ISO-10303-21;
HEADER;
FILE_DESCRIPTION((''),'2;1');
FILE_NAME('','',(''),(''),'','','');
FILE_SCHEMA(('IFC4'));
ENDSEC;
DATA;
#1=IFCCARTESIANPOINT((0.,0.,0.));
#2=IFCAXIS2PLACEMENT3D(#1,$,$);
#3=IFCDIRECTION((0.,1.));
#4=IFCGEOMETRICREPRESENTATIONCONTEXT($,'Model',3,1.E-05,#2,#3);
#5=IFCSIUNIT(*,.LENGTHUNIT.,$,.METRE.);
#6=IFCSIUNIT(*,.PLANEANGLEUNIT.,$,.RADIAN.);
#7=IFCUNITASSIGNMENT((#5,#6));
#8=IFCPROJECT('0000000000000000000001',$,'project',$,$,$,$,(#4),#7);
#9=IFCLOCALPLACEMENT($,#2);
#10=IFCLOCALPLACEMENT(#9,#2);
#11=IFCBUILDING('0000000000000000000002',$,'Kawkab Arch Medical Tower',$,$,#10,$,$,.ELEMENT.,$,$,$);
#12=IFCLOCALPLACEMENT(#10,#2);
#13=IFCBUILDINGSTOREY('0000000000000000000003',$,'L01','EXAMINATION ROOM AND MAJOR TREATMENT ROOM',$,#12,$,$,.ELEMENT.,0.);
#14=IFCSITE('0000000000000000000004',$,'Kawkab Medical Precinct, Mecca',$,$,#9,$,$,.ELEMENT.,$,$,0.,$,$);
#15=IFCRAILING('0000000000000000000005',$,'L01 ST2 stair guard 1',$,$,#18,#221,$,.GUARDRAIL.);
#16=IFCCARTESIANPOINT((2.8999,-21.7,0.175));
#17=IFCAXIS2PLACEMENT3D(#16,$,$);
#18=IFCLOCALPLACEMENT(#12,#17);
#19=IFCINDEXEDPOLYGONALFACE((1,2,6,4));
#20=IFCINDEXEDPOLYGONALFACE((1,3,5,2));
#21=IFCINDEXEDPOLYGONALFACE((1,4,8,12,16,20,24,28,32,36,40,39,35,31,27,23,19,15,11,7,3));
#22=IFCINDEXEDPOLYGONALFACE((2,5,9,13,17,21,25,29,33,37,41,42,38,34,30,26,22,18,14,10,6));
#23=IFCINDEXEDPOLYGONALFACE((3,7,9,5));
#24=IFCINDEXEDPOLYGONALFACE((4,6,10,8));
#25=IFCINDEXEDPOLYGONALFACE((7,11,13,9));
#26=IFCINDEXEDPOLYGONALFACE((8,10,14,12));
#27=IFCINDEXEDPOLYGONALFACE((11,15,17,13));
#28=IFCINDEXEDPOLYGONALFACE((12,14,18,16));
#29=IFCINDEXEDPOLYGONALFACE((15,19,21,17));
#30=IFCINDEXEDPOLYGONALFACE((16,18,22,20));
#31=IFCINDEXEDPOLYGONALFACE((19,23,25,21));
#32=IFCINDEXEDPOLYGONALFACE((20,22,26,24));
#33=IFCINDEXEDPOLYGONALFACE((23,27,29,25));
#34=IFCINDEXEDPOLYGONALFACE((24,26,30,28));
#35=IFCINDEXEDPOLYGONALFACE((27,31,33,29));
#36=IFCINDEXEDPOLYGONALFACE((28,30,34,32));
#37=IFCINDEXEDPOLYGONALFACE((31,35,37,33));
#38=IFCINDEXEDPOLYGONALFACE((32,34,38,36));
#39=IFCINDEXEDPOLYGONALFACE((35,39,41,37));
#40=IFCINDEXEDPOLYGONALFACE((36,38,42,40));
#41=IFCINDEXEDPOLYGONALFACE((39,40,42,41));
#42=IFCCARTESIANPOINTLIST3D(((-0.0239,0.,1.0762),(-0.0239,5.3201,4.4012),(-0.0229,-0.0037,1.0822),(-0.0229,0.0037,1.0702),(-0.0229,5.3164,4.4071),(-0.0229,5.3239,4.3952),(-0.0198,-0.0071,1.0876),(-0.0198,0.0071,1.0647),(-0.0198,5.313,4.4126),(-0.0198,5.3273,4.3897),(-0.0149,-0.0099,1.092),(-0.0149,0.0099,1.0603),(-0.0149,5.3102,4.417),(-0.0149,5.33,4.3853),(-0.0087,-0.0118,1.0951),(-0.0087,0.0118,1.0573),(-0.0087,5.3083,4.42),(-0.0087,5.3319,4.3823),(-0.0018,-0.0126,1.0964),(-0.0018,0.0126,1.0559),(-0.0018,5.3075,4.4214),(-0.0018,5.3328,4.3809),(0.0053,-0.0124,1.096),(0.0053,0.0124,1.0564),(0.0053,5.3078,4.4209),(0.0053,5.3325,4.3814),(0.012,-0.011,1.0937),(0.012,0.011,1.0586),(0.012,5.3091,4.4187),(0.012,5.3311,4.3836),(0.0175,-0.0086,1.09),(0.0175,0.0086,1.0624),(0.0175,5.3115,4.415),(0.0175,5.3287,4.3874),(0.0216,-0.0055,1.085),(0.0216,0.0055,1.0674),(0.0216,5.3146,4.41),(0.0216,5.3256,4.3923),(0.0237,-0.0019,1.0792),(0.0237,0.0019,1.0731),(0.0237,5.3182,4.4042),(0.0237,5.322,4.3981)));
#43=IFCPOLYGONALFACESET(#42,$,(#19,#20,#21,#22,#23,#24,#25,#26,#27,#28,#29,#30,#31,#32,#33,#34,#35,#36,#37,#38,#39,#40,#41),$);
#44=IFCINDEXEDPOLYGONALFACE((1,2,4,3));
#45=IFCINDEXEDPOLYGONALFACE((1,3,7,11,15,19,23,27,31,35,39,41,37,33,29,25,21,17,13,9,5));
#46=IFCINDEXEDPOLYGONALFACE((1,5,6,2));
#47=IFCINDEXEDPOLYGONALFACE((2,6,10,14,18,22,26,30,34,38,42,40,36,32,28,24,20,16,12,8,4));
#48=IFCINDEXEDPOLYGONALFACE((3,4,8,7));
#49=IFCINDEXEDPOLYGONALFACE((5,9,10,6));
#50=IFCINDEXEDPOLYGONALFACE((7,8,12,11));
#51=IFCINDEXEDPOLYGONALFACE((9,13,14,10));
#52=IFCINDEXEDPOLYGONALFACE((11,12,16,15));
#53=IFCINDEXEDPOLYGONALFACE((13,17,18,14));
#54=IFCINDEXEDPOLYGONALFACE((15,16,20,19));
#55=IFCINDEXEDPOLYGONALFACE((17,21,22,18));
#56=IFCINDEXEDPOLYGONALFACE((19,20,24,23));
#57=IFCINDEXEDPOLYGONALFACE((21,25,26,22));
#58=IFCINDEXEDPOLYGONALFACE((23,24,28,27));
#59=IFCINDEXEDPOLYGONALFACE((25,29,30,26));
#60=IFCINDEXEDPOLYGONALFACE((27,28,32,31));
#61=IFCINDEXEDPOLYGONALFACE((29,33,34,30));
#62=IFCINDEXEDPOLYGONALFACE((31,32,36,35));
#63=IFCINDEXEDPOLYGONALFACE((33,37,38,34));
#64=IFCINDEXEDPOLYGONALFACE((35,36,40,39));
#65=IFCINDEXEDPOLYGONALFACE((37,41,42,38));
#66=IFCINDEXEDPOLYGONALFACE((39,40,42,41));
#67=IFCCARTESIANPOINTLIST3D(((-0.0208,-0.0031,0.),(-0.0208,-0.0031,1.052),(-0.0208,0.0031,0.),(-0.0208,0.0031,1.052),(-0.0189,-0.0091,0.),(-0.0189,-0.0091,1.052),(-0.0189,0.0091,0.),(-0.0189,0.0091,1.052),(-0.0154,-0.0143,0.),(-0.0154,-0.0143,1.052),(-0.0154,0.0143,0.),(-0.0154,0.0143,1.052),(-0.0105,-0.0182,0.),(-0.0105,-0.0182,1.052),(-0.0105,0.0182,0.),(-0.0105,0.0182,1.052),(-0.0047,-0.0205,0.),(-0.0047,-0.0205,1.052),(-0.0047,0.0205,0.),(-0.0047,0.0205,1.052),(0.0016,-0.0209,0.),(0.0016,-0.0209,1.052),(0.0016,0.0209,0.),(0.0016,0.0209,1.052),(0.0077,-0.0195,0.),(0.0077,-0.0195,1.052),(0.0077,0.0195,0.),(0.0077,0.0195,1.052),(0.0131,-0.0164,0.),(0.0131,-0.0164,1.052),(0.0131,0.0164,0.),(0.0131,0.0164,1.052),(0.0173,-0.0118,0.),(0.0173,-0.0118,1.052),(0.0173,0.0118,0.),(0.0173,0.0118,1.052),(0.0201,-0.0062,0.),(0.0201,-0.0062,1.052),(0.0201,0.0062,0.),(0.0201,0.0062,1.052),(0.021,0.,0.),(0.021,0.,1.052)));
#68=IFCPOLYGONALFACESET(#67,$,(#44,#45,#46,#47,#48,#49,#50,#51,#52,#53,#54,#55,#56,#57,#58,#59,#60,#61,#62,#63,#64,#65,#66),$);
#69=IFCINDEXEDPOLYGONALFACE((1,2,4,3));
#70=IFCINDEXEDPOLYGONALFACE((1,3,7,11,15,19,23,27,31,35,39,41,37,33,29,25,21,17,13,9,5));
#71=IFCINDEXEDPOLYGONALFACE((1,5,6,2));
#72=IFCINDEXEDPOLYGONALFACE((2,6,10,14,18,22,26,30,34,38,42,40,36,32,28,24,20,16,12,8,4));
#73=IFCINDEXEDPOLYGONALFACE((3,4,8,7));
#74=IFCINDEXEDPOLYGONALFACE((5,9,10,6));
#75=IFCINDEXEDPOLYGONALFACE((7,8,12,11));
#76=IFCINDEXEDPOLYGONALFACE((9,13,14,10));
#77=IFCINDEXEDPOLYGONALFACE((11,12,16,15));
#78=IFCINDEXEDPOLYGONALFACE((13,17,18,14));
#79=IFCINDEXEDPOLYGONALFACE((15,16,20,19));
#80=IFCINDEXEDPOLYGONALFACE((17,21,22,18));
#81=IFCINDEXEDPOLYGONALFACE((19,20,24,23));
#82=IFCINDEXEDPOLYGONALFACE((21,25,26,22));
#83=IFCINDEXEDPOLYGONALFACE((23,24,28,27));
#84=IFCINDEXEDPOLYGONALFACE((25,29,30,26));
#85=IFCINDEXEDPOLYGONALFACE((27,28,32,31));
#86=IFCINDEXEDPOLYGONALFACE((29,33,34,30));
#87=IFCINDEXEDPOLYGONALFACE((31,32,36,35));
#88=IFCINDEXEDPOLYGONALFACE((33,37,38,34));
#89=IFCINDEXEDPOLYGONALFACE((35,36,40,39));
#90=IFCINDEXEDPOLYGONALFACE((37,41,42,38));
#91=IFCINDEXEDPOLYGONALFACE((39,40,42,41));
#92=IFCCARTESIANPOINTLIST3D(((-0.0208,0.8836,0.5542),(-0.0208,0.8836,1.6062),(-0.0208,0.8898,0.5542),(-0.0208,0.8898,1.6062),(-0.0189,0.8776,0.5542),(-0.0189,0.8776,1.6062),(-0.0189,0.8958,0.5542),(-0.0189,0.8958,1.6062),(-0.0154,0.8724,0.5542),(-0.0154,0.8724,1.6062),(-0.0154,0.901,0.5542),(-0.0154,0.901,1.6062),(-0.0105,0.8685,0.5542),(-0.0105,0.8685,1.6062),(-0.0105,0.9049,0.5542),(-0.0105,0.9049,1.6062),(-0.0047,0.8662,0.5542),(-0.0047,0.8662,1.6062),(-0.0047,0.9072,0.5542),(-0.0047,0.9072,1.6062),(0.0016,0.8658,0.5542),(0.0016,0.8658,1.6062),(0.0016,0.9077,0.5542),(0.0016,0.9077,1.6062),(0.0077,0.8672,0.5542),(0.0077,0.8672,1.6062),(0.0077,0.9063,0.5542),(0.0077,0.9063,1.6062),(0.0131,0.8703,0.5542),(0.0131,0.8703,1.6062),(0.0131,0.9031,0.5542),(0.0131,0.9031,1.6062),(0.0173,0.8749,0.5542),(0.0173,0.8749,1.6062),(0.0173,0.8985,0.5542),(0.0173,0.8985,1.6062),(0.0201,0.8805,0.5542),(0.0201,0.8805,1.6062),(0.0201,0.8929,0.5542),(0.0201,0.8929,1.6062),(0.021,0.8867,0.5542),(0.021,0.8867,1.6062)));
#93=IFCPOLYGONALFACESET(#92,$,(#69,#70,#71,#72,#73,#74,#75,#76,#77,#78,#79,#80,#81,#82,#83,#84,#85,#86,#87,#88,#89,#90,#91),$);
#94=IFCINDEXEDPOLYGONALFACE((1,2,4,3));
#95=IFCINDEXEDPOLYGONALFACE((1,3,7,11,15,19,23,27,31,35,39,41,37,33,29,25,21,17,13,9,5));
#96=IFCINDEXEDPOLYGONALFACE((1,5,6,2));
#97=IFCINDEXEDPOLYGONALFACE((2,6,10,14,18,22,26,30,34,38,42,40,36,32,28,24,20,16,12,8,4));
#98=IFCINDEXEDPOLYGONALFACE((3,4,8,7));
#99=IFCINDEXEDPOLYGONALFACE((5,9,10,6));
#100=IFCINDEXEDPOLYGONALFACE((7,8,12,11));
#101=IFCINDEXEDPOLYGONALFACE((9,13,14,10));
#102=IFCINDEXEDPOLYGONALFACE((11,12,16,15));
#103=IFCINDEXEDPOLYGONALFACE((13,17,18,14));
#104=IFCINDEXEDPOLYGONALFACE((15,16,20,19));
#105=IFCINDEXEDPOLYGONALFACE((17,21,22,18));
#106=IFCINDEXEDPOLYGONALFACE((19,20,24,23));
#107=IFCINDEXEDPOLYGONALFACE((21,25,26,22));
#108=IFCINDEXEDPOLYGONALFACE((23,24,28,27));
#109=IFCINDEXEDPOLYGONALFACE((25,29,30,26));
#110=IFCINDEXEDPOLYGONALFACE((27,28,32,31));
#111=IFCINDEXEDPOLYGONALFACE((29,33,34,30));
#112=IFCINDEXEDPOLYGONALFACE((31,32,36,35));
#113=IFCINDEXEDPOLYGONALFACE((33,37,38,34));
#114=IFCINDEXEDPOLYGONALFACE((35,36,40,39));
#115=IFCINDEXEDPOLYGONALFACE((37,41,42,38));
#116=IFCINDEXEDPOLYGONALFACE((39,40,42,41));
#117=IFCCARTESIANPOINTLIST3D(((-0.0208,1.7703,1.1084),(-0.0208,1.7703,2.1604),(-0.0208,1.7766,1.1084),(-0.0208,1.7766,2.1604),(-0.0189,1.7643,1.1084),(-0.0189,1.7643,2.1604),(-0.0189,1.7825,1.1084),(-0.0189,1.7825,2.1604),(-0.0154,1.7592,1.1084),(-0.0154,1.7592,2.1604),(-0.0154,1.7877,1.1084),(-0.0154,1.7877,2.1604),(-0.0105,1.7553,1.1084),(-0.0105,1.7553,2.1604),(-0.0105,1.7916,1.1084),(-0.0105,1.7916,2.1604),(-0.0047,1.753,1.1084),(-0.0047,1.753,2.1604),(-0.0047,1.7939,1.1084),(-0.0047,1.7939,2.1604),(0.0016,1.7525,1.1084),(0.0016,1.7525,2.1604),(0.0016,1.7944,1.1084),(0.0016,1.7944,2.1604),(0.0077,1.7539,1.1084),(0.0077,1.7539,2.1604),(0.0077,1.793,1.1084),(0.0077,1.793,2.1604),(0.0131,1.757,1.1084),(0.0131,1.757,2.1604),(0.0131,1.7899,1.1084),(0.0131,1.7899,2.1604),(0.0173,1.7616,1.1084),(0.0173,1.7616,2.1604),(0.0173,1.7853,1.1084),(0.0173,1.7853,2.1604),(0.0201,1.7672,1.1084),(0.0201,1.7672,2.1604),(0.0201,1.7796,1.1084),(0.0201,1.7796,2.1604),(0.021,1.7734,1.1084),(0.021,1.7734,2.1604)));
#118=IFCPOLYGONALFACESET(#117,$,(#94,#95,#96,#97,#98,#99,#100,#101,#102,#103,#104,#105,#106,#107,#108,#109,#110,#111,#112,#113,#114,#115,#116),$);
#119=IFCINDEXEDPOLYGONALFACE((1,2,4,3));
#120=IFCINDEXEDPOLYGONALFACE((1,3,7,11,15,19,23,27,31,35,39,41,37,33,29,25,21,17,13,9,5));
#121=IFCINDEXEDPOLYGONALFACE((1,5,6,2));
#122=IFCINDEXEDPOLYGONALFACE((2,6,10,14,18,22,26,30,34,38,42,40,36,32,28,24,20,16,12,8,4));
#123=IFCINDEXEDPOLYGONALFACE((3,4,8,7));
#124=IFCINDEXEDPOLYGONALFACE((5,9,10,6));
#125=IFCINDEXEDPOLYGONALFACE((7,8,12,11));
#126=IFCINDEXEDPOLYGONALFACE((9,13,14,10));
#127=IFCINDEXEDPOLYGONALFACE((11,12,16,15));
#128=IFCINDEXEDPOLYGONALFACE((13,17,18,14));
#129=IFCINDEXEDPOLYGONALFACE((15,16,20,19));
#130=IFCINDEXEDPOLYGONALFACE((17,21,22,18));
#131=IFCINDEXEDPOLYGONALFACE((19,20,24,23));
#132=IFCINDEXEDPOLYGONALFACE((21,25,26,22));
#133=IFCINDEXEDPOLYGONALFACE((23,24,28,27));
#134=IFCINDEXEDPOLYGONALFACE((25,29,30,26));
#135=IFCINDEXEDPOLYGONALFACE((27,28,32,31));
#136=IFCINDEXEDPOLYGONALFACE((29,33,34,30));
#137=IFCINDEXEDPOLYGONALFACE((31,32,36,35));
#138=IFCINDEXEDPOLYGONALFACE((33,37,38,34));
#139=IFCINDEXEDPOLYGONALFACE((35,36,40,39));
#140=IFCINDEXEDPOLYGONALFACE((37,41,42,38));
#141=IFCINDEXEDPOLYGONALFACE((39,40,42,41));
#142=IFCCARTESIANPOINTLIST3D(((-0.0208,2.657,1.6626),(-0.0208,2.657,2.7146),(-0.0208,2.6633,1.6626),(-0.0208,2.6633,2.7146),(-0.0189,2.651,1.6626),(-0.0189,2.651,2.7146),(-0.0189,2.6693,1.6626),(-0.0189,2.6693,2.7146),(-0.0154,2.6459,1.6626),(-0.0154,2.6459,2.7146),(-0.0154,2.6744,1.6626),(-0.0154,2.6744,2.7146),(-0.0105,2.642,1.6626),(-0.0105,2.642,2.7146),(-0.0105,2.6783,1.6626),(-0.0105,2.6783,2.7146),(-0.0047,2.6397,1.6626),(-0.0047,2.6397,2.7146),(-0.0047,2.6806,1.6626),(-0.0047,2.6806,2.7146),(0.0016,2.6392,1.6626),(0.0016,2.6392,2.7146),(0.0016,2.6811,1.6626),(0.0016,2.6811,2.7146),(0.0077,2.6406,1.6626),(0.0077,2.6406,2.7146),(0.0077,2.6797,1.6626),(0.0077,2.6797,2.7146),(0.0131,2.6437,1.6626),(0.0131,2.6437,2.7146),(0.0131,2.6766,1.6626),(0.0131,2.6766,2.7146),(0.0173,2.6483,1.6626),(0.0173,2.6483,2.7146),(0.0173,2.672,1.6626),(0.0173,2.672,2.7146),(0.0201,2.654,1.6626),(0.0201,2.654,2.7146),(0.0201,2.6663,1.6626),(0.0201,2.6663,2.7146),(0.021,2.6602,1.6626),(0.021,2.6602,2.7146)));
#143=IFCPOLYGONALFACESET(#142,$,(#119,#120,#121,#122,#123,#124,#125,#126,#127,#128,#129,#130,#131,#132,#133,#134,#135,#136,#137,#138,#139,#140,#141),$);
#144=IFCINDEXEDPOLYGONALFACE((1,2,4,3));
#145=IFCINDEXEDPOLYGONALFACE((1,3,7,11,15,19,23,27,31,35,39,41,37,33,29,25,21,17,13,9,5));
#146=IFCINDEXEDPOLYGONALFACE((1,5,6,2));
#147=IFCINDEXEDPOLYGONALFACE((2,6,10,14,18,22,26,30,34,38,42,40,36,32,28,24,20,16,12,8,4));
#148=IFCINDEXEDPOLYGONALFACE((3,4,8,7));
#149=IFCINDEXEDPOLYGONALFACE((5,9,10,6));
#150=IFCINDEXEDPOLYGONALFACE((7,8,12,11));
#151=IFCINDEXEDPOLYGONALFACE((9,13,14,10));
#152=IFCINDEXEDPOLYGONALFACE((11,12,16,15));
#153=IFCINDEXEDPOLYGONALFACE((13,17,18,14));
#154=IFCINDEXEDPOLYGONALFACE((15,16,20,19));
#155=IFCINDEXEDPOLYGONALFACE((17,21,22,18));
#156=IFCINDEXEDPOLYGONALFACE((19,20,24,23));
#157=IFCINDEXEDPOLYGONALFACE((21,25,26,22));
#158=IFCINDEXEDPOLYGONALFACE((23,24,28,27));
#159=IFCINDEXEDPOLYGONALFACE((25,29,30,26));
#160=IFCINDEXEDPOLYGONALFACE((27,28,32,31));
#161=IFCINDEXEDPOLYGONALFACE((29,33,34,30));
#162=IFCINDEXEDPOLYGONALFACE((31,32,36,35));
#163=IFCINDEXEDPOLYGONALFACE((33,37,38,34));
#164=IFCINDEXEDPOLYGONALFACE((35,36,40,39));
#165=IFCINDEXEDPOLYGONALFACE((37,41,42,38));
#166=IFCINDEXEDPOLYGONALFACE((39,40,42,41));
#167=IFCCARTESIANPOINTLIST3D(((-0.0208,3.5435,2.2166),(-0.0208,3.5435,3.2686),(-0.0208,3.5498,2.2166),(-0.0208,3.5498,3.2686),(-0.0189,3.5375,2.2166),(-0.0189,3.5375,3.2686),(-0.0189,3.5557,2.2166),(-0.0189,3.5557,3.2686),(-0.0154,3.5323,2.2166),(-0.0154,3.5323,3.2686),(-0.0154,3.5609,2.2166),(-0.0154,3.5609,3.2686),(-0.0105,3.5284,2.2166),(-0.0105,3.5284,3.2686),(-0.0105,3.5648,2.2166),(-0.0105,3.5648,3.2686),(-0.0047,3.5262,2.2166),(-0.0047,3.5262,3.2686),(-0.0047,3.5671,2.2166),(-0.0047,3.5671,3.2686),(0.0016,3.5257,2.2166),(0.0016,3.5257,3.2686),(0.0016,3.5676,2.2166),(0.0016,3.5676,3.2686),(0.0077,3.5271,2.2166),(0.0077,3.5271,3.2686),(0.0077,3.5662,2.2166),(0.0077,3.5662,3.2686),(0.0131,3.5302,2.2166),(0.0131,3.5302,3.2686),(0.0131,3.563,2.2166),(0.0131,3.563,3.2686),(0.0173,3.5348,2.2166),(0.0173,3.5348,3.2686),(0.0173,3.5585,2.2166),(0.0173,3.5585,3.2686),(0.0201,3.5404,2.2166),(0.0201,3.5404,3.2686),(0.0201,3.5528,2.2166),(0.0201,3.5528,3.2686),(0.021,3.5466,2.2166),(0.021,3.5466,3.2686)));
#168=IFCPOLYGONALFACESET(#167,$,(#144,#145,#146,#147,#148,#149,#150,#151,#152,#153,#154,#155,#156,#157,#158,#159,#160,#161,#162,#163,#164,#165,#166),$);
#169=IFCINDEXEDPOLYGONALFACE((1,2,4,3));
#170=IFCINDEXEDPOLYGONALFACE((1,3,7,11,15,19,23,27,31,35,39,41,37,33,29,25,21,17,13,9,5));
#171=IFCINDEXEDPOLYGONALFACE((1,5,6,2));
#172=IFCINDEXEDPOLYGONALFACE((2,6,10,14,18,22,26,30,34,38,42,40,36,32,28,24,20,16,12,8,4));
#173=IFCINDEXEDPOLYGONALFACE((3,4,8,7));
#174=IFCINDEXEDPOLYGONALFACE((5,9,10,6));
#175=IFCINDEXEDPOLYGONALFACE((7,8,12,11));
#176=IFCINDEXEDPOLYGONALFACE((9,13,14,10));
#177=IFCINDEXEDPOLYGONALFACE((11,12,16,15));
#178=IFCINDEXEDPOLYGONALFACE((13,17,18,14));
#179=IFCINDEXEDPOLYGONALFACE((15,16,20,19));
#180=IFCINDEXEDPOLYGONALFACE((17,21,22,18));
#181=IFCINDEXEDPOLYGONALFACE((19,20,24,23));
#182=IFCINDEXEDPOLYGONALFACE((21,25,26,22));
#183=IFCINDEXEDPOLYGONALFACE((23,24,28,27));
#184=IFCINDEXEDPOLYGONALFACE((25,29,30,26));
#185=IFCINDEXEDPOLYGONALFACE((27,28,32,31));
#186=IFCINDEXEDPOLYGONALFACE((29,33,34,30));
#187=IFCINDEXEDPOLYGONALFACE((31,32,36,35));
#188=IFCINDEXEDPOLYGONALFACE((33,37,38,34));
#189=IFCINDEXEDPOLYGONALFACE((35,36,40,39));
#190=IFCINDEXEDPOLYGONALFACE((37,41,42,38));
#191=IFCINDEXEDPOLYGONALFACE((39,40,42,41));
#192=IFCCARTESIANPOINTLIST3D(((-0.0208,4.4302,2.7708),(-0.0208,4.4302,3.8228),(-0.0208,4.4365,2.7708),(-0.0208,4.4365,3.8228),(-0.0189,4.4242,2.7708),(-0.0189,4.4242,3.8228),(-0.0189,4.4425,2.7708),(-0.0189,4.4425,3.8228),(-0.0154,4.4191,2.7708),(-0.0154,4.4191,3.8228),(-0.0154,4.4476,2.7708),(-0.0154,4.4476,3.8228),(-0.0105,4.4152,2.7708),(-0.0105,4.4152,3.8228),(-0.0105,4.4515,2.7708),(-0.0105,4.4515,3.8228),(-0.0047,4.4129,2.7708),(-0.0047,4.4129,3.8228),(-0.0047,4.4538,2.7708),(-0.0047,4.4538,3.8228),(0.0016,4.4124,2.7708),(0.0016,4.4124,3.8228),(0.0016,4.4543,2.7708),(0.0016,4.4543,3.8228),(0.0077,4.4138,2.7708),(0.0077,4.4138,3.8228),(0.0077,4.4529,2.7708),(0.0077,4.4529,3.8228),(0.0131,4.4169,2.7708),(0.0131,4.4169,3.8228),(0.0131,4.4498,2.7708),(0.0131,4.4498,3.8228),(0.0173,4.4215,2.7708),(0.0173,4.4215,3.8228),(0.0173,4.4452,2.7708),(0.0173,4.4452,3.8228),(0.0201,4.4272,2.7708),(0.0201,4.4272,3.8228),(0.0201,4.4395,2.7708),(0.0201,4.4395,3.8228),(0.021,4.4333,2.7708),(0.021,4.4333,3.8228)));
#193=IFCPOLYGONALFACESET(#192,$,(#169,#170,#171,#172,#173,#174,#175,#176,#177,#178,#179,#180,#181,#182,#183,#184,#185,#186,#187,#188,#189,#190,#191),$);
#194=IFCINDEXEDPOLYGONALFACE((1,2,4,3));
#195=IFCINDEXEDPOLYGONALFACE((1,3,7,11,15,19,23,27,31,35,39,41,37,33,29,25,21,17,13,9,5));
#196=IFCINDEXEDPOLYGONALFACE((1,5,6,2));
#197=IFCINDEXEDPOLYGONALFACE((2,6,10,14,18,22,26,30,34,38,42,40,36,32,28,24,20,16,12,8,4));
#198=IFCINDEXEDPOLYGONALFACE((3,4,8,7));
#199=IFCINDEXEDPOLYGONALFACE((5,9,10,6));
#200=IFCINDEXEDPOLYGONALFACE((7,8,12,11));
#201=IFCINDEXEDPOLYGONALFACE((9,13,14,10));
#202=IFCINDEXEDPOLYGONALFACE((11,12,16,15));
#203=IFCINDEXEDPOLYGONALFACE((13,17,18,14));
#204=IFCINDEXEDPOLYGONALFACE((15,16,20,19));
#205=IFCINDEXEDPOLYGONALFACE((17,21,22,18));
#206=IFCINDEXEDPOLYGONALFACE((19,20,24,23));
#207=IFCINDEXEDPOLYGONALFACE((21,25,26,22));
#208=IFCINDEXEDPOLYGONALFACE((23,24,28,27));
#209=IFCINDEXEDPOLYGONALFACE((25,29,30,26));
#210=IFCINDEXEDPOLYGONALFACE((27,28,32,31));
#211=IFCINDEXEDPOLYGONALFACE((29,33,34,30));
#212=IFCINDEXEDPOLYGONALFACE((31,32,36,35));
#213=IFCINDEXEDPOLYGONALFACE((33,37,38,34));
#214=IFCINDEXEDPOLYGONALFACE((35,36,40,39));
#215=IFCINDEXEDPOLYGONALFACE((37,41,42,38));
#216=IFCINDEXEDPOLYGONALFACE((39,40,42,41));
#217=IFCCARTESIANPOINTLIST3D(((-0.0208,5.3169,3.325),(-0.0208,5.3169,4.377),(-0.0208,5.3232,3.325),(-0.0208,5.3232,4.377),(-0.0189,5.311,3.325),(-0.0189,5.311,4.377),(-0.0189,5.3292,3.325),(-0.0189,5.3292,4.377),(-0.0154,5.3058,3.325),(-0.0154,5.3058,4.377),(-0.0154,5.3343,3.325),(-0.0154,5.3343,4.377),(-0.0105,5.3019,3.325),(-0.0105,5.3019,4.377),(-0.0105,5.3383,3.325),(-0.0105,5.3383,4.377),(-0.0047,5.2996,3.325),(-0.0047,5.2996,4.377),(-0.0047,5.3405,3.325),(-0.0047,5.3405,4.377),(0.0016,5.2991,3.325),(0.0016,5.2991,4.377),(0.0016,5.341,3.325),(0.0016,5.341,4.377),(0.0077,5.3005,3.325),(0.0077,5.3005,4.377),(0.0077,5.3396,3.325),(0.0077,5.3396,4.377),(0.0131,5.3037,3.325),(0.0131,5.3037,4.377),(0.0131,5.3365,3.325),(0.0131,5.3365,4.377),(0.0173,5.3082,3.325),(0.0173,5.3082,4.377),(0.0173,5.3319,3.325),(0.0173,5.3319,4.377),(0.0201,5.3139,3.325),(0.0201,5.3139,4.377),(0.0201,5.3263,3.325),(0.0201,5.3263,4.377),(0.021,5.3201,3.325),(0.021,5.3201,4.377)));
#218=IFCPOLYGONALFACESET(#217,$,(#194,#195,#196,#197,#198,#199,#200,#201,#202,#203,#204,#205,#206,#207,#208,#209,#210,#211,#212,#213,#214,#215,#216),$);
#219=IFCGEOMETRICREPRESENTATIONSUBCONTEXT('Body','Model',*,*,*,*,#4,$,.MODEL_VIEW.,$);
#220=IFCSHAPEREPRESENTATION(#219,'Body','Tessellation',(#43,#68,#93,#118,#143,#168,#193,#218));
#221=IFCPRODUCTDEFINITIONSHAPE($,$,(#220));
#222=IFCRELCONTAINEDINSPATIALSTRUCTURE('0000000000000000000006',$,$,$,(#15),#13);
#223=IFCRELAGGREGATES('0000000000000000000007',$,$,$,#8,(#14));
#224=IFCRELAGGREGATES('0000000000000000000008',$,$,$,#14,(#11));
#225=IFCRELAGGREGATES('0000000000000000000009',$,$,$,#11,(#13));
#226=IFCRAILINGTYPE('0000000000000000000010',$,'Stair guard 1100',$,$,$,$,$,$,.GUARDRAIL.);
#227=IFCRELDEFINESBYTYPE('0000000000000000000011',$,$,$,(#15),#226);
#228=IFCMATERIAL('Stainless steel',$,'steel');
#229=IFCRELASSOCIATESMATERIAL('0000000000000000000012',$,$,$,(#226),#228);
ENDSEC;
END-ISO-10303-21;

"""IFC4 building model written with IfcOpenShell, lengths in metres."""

from ifc_helpers import new_model, si_unit, direction, frame, origin, origin_2d, place, context, subcontext, project, spatial, circle, extrude, material, type_object, element, save


model = new_model("IFC4")

# Units and contexts
model_context = context("Model", 3, precision=1e-05, world=origin(), true_north=direction((0.0, 1.0)))
body_context = subcontext(model_context, "Body", "Model", "MODEL_VIEW")
ifc_project = project(units=[si_unit("LENGTHUNIT", "METRE"), si_unit("PLANEANGLEUNIT", "RADIAN")], contexts=[model_context])

# Site, building, storey
site_placement = place(None, origin())
site = spatial("IfcSite", under=ifc_project, at=site_placement, Name="Kawkab Medical Precinct, Mecca", CompositionType="ELEMENT", RefElevation=0.0)
building_placement = place(site_placement, origin())
building = spatial("IfcBuilding", under=site, at=building_placement, Name="Kawkab Arch Medical Tower", CompositionType="ELEMENT")
storey_placement = place(building_placement, origin())
storey = spatial("IfcBuildingStorey", under=building, at=storey_placement, Name="L01", Description="EXAMINATION ROOM AND MAJOR TREATMENT ROOM", CompositionType="ELEMENT", Elevation=0.0)

# Railing
ifc_material_1 = material(Name="Stainless steel", Category="steel")
railing_type = type_object("IfcRailingType", Name="Stair guard 1100", PredefinedType="GUARDRAIL", material=ifc_material_1)
railing_1_placement = place(storey_placement, frame((2.8999, -21.7, 0.175)))
element("IfcRailing", 1, at=railing_1_placement, inside=storey, type_object=railing_type, Name="L01 ST2 stair guard 1", PredefinedType="GUARDRAIL", context=body_context, shape_type="SweptSolid", body=[
    extrude(circle(Radius=0.0239, at=origin_2d()), frame((0.0, 0.0, 1.0762), z_axis=(0.0, 0.848005, 0.529988), x_axis=(-1.0, 0.0, 0.0)), (0.0, 0.0, 1.0), 6.2737),
    extrude(circle(Radius=0.021, at=origin_2d()), origin(), (0.0, 0.0, 1.0), 1.052),
    extrude(circle(Radius=0.021, at=origin_2d()), frame((0.0, 0.8867, 0.5542)), (0.0, 0.0, 1.0), 1.052),
    extrude(circle(Radius=0.021, at=origin_2d()), frame((0.0, 1.7734, 1.1084)), (0.0, 0.0, 1.0), 1.052),
    extrude(circle(Radius=0.021, at=origin_2d()), frame((0.0, 2.6602, 1.6626)), (0.0, 0.0, 1.0), 1.052),
    extrude(circle(Radius=0.021, at=origin_2d()), frame((0.0, 3.5466, 2.2166)), (0.0, 0.0, 1.0), 1.052),
    extrude(circle(Radius=0.021, at=origin_2d()), frame((0.0, 4.4333, 2.7708)), (0.0, 0.0, 1.0), 1.052),
    extrude(circle(Radius=0.021, at=origin_2d()), frame((0.0, 5.3201, 3.325)), (0.0, 0.0, 1.0), 1.052),
])

save(model, "model.ifc")
